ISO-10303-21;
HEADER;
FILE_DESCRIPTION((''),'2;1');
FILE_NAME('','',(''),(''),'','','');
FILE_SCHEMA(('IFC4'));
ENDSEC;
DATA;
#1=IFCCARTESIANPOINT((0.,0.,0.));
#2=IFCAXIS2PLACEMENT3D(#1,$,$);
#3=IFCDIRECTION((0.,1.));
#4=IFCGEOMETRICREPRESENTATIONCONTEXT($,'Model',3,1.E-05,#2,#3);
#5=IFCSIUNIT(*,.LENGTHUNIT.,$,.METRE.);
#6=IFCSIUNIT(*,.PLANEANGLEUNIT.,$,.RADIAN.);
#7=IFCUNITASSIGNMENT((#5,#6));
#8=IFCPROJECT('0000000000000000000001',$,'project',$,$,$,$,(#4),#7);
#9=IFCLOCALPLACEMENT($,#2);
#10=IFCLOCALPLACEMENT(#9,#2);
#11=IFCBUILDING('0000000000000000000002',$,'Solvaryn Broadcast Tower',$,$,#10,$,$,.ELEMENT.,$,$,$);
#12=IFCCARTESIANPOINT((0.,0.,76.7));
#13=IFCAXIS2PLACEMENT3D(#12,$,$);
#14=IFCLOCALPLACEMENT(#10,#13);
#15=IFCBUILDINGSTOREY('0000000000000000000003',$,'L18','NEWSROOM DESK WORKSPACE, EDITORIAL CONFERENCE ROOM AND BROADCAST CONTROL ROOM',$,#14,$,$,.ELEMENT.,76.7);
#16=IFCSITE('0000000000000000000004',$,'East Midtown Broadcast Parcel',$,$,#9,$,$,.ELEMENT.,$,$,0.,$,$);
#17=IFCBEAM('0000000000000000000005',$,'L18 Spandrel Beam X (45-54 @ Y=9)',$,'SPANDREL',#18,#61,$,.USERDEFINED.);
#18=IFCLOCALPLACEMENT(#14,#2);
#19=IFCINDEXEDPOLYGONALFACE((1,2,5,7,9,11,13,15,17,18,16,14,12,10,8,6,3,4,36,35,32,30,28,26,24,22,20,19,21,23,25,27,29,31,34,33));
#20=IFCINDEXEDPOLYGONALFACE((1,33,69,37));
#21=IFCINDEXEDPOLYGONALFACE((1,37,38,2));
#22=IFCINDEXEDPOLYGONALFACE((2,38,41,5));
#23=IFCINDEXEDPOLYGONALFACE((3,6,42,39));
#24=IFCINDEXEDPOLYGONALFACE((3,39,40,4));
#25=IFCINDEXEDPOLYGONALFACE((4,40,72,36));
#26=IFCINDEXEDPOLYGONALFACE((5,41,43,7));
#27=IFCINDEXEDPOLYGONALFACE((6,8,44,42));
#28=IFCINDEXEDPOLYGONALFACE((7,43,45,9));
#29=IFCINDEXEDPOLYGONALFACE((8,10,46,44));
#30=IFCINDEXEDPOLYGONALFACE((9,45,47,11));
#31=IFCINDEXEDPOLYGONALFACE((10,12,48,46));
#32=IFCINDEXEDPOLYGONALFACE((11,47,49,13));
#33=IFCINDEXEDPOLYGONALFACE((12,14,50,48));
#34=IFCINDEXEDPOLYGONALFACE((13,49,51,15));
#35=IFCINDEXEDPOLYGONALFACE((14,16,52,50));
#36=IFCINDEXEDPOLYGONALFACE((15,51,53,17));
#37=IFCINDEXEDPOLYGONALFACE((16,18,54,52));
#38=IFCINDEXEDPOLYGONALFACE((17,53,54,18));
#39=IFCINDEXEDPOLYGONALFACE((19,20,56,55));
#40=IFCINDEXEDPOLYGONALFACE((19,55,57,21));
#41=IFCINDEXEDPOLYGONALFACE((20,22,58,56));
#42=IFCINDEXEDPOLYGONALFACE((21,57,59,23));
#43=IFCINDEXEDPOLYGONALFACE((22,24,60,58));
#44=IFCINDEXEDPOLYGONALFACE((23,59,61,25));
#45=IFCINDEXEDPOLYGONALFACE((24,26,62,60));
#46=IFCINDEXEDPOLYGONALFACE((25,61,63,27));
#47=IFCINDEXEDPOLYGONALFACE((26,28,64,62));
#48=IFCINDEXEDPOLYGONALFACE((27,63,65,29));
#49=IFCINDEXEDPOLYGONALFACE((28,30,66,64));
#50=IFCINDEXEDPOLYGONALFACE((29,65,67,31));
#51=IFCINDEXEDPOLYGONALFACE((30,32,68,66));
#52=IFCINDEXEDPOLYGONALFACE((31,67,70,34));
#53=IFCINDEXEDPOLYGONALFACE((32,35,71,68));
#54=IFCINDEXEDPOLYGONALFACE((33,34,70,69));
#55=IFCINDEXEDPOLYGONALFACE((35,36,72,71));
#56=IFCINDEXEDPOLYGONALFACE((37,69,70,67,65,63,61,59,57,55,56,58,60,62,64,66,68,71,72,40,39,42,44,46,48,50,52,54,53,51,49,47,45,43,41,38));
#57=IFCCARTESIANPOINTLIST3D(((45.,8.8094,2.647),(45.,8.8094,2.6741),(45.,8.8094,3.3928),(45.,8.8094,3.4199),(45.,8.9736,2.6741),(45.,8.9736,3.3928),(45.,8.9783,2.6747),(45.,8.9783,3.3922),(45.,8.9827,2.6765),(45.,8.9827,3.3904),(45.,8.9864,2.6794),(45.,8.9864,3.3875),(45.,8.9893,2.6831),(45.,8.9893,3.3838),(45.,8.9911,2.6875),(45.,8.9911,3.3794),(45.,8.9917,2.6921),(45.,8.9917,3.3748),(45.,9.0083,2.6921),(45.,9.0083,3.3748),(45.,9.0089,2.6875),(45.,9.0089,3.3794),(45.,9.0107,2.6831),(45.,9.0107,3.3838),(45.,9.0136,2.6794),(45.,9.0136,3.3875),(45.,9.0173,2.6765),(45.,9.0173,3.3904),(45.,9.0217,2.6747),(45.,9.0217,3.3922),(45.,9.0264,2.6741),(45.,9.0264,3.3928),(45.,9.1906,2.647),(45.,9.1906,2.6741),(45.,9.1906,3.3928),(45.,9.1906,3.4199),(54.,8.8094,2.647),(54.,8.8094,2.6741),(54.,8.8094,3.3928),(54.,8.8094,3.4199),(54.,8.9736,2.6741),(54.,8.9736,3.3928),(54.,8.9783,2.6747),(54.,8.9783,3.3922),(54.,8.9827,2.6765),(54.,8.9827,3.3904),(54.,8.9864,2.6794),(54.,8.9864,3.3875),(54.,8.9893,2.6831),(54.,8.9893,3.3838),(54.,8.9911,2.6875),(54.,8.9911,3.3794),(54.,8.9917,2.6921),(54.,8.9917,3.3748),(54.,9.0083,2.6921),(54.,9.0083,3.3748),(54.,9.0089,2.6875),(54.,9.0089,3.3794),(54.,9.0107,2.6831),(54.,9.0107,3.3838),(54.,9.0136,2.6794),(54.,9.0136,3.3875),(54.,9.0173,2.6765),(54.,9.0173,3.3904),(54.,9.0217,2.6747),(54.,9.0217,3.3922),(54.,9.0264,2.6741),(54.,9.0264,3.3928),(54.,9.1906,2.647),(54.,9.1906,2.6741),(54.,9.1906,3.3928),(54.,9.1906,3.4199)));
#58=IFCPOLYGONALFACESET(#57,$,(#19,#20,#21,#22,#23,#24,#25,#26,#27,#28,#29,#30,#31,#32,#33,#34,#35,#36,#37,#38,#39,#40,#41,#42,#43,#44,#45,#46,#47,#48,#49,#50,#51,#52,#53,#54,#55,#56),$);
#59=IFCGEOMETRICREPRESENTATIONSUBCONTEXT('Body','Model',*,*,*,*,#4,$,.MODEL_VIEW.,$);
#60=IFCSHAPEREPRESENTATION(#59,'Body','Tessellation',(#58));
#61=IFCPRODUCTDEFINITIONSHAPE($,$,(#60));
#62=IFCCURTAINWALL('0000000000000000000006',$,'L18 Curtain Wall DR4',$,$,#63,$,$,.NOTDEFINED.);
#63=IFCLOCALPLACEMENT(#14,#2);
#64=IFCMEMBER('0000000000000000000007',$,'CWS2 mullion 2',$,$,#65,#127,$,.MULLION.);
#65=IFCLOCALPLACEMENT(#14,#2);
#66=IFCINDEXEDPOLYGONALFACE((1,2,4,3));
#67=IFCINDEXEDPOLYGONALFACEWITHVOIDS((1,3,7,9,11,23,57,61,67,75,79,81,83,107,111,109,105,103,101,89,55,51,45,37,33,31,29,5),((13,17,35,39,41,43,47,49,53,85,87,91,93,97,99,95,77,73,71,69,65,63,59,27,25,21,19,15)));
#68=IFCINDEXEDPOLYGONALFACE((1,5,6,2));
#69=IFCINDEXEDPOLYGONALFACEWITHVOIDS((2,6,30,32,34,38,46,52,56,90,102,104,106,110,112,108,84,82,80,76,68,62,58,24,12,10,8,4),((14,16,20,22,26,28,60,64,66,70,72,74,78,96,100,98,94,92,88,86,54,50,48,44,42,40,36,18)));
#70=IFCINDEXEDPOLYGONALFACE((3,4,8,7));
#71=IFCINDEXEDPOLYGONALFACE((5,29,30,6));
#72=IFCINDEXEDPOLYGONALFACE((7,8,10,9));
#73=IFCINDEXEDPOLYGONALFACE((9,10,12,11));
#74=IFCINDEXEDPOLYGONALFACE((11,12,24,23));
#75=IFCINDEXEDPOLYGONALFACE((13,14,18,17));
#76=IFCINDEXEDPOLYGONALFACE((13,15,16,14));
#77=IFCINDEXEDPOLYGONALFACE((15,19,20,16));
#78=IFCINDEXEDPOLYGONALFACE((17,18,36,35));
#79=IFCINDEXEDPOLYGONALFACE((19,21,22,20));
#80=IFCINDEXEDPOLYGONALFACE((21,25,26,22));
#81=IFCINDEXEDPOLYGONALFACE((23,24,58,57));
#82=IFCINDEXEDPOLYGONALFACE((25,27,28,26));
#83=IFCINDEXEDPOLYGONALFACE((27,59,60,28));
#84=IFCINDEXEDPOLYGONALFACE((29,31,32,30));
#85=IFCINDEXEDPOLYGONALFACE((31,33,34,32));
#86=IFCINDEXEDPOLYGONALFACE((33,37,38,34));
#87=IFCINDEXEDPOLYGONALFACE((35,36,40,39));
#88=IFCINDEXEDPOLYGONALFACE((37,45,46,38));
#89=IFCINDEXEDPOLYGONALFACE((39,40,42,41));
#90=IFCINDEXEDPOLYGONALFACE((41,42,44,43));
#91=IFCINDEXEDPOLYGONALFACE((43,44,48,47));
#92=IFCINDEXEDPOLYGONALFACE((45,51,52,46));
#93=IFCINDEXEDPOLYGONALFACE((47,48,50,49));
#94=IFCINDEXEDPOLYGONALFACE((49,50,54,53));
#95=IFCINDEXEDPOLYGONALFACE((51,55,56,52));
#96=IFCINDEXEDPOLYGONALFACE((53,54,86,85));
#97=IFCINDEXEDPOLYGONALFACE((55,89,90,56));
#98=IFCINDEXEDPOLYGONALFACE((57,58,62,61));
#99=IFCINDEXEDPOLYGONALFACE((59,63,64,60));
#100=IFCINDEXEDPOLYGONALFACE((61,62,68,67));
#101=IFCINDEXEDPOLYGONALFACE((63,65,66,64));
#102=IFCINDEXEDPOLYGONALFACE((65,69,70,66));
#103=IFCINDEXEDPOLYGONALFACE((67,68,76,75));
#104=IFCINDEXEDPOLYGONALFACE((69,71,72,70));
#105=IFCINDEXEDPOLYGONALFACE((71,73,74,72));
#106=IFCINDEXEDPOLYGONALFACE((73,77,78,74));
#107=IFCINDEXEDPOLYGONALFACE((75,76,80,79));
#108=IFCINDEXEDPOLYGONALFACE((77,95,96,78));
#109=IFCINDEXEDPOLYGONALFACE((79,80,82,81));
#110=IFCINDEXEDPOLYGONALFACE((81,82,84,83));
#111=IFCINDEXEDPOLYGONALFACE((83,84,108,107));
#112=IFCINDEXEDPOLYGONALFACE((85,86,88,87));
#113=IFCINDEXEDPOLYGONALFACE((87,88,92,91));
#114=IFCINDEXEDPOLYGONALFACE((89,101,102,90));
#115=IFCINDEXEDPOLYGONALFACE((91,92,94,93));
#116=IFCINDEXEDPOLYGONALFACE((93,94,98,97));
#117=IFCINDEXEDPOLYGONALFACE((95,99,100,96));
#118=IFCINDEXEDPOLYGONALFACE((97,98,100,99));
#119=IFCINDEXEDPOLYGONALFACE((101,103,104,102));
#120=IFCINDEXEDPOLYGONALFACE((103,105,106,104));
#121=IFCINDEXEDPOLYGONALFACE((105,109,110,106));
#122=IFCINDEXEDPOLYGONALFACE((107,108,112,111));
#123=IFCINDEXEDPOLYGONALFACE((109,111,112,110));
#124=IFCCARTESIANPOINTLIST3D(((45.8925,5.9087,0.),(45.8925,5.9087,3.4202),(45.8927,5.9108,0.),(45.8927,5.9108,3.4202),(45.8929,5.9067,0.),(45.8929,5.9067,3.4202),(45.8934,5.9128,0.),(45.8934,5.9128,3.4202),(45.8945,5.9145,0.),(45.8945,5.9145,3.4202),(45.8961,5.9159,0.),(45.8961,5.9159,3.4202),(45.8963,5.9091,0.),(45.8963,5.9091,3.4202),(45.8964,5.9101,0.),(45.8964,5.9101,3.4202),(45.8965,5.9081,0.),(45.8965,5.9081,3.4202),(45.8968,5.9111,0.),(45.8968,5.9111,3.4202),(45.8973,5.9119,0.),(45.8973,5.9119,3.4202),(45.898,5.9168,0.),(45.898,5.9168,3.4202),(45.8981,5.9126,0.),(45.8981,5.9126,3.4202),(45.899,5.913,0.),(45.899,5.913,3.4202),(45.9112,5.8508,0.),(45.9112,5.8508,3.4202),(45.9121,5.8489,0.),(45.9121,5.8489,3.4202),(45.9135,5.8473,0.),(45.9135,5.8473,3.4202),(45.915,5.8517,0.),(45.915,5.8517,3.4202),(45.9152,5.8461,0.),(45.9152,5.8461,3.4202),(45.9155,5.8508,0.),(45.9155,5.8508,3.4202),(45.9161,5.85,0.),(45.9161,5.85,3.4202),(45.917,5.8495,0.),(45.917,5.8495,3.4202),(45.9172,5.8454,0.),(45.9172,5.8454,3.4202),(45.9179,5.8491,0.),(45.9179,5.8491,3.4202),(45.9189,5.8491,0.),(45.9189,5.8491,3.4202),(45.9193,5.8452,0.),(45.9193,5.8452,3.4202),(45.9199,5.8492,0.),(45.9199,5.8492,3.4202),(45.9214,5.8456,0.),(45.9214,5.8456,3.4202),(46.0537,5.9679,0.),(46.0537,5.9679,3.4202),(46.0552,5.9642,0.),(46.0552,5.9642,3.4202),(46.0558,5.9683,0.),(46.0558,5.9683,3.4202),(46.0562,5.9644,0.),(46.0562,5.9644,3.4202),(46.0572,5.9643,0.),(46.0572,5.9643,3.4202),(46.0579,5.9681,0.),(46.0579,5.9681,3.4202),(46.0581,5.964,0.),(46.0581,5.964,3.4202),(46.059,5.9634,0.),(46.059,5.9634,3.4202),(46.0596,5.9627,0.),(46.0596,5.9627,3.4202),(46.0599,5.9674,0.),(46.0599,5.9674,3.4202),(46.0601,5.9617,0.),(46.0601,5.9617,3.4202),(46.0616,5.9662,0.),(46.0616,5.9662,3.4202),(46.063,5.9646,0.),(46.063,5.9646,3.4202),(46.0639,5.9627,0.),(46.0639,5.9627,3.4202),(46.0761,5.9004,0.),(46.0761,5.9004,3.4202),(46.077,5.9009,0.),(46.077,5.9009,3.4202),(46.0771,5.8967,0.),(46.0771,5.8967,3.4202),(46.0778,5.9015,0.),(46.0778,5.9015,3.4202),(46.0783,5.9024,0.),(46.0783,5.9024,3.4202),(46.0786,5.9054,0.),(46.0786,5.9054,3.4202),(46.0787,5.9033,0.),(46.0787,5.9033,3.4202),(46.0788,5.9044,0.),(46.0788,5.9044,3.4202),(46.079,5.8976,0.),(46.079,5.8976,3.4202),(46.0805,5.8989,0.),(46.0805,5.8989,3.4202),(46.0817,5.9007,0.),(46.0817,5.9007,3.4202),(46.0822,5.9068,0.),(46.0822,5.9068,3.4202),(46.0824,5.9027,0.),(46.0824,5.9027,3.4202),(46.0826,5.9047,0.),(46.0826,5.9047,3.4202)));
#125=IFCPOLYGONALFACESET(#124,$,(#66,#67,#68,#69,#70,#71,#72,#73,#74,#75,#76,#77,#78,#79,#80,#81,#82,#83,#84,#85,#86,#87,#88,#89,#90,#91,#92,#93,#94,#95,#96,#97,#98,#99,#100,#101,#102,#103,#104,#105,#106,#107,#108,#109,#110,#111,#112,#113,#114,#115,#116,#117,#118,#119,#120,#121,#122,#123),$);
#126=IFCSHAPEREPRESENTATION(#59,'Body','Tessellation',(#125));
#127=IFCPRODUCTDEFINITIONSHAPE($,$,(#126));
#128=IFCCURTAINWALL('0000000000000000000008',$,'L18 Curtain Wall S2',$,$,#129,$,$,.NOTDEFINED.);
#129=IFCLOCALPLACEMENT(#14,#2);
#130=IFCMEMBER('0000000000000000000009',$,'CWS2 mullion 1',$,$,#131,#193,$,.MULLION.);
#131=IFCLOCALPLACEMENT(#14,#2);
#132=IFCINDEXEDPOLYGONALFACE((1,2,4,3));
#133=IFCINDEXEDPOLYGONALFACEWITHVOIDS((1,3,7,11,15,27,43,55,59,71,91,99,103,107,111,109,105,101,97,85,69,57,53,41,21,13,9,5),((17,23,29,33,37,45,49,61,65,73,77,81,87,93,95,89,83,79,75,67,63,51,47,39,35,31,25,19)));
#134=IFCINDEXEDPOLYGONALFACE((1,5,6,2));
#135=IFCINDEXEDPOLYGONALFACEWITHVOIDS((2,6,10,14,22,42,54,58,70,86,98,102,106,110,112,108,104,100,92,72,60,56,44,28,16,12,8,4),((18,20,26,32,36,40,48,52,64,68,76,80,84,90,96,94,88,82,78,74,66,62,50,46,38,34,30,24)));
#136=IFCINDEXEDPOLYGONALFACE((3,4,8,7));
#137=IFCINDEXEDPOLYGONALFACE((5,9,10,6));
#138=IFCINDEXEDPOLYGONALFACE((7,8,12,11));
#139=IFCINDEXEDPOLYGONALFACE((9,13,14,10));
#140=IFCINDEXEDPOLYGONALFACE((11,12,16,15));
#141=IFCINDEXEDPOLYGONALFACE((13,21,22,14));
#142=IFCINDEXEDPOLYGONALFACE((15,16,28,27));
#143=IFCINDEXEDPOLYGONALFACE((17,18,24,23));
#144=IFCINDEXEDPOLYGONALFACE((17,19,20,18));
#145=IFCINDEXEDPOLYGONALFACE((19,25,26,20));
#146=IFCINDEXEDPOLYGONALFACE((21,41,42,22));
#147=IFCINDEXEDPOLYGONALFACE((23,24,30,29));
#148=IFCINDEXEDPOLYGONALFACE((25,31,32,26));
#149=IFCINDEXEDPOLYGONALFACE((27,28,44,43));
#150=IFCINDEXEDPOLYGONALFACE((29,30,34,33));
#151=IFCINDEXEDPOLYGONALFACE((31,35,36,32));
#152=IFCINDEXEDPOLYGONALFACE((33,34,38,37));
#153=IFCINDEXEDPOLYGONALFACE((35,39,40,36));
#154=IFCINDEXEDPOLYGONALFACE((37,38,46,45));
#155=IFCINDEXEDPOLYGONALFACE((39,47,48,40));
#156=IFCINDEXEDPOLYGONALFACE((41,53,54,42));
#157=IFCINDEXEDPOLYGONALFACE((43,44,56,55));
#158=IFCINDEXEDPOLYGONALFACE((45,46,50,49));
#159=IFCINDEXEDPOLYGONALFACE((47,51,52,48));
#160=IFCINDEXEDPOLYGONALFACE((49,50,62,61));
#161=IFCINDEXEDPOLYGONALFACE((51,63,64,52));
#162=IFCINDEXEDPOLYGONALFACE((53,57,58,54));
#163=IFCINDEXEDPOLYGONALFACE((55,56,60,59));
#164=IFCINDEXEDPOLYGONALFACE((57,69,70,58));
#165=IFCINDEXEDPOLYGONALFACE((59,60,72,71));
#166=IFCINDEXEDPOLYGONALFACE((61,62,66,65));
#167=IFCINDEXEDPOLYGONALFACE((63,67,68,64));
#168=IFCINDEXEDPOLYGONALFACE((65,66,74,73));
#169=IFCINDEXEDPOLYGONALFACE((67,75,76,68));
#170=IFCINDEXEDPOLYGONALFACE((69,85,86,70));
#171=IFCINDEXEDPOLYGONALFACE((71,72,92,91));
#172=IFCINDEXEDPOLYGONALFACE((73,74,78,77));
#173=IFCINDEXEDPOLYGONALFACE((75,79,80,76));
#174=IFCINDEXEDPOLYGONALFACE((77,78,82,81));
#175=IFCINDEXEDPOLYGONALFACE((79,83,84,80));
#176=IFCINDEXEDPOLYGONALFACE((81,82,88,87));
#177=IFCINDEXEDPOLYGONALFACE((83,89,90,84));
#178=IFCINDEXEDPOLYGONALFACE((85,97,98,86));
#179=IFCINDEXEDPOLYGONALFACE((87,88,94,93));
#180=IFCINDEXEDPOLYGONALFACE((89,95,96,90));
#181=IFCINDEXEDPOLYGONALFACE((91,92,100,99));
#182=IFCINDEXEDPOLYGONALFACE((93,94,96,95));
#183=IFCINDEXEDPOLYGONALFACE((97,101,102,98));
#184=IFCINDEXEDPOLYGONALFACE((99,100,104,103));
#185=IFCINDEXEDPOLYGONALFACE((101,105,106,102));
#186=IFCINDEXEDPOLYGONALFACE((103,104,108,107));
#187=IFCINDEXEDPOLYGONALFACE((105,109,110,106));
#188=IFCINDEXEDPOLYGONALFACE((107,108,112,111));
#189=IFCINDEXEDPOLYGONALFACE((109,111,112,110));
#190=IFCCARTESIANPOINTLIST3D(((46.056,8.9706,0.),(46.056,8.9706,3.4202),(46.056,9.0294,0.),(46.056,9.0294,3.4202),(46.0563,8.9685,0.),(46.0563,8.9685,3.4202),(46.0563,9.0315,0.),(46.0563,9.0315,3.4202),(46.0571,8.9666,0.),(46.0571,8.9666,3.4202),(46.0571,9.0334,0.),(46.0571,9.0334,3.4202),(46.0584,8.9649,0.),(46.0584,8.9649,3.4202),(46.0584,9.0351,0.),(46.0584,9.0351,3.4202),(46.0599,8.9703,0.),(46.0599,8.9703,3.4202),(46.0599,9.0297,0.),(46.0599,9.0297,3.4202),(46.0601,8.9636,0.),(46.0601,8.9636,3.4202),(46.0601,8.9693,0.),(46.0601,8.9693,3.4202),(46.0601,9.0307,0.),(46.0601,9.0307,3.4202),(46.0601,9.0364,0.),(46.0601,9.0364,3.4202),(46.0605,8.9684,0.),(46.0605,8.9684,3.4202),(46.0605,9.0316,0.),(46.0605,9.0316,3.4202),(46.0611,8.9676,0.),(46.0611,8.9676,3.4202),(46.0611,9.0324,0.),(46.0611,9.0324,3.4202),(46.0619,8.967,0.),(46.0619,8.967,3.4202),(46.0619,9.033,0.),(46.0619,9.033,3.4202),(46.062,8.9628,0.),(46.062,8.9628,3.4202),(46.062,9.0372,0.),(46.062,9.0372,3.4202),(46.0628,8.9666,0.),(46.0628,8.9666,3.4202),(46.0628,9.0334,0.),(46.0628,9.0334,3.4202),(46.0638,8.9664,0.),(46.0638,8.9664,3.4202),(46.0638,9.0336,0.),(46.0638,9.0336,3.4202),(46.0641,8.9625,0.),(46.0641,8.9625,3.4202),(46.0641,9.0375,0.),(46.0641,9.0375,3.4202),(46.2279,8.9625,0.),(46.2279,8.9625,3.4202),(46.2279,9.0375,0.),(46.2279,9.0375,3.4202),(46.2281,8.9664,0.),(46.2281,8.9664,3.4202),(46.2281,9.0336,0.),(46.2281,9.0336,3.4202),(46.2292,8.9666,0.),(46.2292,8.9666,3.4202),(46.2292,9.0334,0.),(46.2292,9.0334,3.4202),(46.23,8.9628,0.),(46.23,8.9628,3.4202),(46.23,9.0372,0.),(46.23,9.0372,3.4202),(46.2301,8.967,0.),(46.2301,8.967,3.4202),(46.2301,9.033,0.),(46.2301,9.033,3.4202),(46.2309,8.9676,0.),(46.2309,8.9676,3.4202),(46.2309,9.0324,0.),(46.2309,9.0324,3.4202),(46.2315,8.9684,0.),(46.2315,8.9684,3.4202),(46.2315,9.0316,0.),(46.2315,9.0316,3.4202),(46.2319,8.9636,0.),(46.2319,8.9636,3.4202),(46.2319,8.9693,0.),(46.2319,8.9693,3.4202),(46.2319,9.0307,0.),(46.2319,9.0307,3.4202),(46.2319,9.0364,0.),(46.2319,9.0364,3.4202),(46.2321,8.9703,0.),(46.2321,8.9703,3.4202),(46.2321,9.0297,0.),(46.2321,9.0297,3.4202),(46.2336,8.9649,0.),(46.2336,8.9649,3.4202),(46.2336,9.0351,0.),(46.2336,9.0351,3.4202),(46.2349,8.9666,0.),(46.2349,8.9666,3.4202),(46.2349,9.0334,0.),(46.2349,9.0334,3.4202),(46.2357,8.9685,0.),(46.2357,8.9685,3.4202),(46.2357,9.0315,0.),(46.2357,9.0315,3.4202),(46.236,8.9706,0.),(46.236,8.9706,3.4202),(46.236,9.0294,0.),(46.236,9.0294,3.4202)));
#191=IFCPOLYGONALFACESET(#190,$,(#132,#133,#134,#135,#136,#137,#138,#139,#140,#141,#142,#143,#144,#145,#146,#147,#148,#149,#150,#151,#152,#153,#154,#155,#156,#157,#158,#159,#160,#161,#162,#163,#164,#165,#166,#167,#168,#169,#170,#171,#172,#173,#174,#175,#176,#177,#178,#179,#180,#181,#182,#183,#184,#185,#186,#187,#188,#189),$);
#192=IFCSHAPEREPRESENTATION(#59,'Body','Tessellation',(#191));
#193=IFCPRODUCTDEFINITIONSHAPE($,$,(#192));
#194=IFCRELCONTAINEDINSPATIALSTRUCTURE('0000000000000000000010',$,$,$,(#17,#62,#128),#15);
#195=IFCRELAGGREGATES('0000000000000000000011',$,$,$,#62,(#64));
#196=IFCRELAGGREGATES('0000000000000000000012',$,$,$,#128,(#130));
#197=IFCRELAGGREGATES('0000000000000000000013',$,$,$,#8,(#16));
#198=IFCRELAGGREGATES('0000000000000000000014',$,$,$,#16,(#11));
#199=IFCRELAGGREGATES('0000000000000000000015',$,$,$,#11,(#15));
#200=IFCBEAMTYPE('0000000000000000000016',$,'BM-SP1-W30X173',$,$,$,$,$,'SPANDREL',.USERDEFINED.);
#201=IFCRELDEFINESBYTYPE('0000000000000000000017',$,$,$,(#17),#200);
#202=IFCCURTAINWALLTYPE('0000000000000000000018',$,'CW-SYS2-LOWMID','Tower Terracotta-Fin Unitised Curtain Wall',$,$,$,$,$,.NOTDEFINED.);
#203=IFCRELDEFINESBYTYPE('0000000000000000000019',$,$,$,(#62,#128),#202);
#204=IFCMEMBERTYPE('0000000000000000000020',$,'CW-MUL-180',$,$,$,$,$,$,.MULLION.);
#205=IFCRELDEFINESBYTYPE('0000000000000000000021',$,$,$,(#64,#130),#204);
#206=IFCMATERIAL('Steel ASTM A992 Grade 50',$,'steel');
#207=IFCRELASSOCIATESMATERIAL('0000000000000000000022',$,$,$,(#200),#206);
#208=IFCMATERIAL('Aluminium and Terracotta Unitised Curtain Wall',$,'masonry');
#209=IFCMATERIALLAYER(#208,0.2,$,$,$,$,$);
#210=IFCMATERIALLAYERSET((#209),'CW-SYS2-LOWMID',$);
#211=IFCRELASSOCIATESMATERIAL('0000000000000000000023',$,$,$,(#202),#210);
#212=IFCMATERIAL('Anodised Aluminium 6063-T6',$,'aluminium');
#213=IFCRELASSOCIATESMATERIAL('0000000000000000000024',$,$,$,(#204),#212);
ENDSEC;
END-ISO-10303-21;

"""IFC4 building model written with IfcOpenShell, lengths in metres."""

from ifc_helpers import new_model, si_unit, direction, frame, origin, origin_2d, place, context, subcontext, project, spatial, hollow_rectangle, i_section, extrude, material, layer, layer_set, material_profile, profile_set, type_object, element, aggregate, save


model = new_model("IFC4")

# Units and contexts
model_context = context("Model", 3, precision=1e-05, world=origin(), true_north=direction((0.0, 1.0)))
body_context = subcontext(model_context, "Body", "Model", "MODEL_VIEW")
ifc_project = project(units=[si_unit("LENGTHUNIT", "METRE"), si_unit("PLANEANGLEUNIT", "RADIAN")], contexts=[model_context])

# Site, building, storey
site_placement = place(None, origin())
site = spatial("IfcSite", under=ifc_project, at=site_placement, Name="East Midtown Broadcast Parcel", CompositionType="ELEMENT", RefElevation=0.0)
building_placement = place(site_placement, origin())
building = spatial("IfcBuilding", under=site, at=building_placement, Name="Solvaryn Broadcast Tower", CompositionType="ELEMENT")
storey_placement = place(building_placement, frame((0.0, 0.0, 76.7)))
storey = spatial("IfcBuildingStorey", under=building, at=storey_placement, Name="L18", Description="NEWSROOM DESK WORKSPACE, EDITORIAL CONFERENCE ROOM AND BROADCAST CONTROL ROOM", CompositionType="ELEMENT", Elevation=76.7)

# Beam
ifc_material_1 = material(Name="Steel ASTM A992 Grade 50", Category="steel")
ifc_material_profile_1 = material_profile(ifc_material_1, i_section(OverallWidth=0.3811, OverallDepth=0.7729, WebThickness=0.0166, FlangeThickness=0.0271, FilletRadius=0.0181, at=origin_2d()))
ifc_profile_set_1 = profile_set([ifc_material_profile_1], Name="Steel ASTM A992 Grade 50")
beam_type_1 = type_object("IfcBeamType", Name="BM-SP1-W30X173", ElementType="SPANDREL", PredefinedType="USERDEFINED", material=ifc_profile_set_1)
beam_1_placement = place(storey_placement, frame((45.0, 9.0, 3.0334), z_axis=(1.0, 0.0, 0.0), x_axis=(0.0, 1.0, 0.0)))
element("IfcBeam", 1, at=beam_1_placement, inside=storey, type_object=beam_type_1, Name="L18 Spandrel Beam X (45-54 @ Y=9)", ObjectType="SPANDREL", PredefinedType="USERDEFINED", context=body_context, shape_type="SweptSolid", body=[
    extrude(i_section(OverallWidth=0.3811, OverallDepth=0.7729, WebThickness=0.0166, FlangeThickness=0.0271, FilletRadius=0.0181, at=origin_2d()), origin(), (0.0, 0.0, 1.0), 9.0),
])

# Curtain wall, member
ifc_material_2 = material(Name="Aluminium and Terracotta Unitised Curtain Wall", Category="masonry")
ifc_layer_1 = layer(ifc_material_2, 0.2)
ifc_layer_set_1 = layer_set([ifc_layer_1], Name="CW-SYS2-LOWMID")
curtain_wall_type = type_object("IfcCurtainWallType", Name="CW-SYS2-LOWMID", Description="Tower Terracotta-Fin Unitised Curtain Wall", PredefinedType="NOTDEFINED", material=ifc_layer_set_1)
curtain_wall_1_placement = place(storey_placement, origin())
curtain_wall_1 = element("IfcCurtainWall", 2, at=curtain_wall_1_placement, inside=storey, type_object=curtain_wall_type, Name="L18 Curtain Wall DR4", PredefinedType="NOTDEFINED")
ifc_material_3 = material(Name="Anodised Aluminium 6063-T6", Category="aluminium")
ifc_material_profile_2 = material_profile(ifc_material_3, hollow_rectangle(XDim=0.075, YDim=0.1799, WallThickness=0.0039, InnerFilletRadius=0.0039, OuterFilletRadius=0.0081, at=origin_2d()))
ifc_profile_set_2 = profile_set([ifc_material_profile_2], Name="Anodised Aluminium 6063-T6")
member_type_1 = type_object("IfcMemberType", Name="CW-MUL-180", PredefinedType="MULLION", material=ifc_profile_set_2)
member_1_placement = place(storey_placement, frame((45.9875, 5.9067, 0.0), z_axis=(0.0, 0.0, 1.0), x_axis=(-0.311594, 0.950215, 0.0)))
member_1 = element("IfcMember", 3, at=member_1_placement, type_object=member_type_1, Name="CWS2 mullion 2", PredefinedType="MULLION", context=body_context, shape_type="SweptSolid", body=[
    extrude(hollow_rectangle(XDim=0.075, YDim=0.1799, WallThickness=0.0039, InnerFilletRadius=0.0039, OuterFilletRadius=0.0081, at=origin_2d()), origin(), (0.0, 0.0, 1.0), 3.4202),
])
aggregate(curtain_wall_1, [member_1])

# Curtain wall, member
curtain_wall_2_placement = place(storey_placement, origin())
curtain_wall_2 = element("IfcCurtainWall", 4, at=curtain_wall_2_placement, inside=storey, type_object=curtain_wall_type, Name="L18 Curtain Wall S2", PredefinedType="NOTDEFINED")
member_2_placement = place(storey_placement, frame((46.146, 9.0, 0.0), z_axis=(0.0, 0.0, 1.0), x_axis=(0.0, 1.0, 0.0)))
member_2 = element("IfcMember", 5, at=member_2_placement, type_object=member_type_1, Name="CWS2 mullion 1", PredefinedType="MULLION", context=body_context, shape_type="SweptSolid", body=[
    extrude(hollow_rectangle(XDim=0.075, YDim=0.1799, WallThickness=0.0039, InnerFilletRadius=0.0039, OuterFilletRadius=0.0081, at=origin_2d()), origin(), (0.0, 0.0, 1.0), 3.4202),
])
aggregate(curtain_wall_2, [member_2])

save(model, "model.ifc")
